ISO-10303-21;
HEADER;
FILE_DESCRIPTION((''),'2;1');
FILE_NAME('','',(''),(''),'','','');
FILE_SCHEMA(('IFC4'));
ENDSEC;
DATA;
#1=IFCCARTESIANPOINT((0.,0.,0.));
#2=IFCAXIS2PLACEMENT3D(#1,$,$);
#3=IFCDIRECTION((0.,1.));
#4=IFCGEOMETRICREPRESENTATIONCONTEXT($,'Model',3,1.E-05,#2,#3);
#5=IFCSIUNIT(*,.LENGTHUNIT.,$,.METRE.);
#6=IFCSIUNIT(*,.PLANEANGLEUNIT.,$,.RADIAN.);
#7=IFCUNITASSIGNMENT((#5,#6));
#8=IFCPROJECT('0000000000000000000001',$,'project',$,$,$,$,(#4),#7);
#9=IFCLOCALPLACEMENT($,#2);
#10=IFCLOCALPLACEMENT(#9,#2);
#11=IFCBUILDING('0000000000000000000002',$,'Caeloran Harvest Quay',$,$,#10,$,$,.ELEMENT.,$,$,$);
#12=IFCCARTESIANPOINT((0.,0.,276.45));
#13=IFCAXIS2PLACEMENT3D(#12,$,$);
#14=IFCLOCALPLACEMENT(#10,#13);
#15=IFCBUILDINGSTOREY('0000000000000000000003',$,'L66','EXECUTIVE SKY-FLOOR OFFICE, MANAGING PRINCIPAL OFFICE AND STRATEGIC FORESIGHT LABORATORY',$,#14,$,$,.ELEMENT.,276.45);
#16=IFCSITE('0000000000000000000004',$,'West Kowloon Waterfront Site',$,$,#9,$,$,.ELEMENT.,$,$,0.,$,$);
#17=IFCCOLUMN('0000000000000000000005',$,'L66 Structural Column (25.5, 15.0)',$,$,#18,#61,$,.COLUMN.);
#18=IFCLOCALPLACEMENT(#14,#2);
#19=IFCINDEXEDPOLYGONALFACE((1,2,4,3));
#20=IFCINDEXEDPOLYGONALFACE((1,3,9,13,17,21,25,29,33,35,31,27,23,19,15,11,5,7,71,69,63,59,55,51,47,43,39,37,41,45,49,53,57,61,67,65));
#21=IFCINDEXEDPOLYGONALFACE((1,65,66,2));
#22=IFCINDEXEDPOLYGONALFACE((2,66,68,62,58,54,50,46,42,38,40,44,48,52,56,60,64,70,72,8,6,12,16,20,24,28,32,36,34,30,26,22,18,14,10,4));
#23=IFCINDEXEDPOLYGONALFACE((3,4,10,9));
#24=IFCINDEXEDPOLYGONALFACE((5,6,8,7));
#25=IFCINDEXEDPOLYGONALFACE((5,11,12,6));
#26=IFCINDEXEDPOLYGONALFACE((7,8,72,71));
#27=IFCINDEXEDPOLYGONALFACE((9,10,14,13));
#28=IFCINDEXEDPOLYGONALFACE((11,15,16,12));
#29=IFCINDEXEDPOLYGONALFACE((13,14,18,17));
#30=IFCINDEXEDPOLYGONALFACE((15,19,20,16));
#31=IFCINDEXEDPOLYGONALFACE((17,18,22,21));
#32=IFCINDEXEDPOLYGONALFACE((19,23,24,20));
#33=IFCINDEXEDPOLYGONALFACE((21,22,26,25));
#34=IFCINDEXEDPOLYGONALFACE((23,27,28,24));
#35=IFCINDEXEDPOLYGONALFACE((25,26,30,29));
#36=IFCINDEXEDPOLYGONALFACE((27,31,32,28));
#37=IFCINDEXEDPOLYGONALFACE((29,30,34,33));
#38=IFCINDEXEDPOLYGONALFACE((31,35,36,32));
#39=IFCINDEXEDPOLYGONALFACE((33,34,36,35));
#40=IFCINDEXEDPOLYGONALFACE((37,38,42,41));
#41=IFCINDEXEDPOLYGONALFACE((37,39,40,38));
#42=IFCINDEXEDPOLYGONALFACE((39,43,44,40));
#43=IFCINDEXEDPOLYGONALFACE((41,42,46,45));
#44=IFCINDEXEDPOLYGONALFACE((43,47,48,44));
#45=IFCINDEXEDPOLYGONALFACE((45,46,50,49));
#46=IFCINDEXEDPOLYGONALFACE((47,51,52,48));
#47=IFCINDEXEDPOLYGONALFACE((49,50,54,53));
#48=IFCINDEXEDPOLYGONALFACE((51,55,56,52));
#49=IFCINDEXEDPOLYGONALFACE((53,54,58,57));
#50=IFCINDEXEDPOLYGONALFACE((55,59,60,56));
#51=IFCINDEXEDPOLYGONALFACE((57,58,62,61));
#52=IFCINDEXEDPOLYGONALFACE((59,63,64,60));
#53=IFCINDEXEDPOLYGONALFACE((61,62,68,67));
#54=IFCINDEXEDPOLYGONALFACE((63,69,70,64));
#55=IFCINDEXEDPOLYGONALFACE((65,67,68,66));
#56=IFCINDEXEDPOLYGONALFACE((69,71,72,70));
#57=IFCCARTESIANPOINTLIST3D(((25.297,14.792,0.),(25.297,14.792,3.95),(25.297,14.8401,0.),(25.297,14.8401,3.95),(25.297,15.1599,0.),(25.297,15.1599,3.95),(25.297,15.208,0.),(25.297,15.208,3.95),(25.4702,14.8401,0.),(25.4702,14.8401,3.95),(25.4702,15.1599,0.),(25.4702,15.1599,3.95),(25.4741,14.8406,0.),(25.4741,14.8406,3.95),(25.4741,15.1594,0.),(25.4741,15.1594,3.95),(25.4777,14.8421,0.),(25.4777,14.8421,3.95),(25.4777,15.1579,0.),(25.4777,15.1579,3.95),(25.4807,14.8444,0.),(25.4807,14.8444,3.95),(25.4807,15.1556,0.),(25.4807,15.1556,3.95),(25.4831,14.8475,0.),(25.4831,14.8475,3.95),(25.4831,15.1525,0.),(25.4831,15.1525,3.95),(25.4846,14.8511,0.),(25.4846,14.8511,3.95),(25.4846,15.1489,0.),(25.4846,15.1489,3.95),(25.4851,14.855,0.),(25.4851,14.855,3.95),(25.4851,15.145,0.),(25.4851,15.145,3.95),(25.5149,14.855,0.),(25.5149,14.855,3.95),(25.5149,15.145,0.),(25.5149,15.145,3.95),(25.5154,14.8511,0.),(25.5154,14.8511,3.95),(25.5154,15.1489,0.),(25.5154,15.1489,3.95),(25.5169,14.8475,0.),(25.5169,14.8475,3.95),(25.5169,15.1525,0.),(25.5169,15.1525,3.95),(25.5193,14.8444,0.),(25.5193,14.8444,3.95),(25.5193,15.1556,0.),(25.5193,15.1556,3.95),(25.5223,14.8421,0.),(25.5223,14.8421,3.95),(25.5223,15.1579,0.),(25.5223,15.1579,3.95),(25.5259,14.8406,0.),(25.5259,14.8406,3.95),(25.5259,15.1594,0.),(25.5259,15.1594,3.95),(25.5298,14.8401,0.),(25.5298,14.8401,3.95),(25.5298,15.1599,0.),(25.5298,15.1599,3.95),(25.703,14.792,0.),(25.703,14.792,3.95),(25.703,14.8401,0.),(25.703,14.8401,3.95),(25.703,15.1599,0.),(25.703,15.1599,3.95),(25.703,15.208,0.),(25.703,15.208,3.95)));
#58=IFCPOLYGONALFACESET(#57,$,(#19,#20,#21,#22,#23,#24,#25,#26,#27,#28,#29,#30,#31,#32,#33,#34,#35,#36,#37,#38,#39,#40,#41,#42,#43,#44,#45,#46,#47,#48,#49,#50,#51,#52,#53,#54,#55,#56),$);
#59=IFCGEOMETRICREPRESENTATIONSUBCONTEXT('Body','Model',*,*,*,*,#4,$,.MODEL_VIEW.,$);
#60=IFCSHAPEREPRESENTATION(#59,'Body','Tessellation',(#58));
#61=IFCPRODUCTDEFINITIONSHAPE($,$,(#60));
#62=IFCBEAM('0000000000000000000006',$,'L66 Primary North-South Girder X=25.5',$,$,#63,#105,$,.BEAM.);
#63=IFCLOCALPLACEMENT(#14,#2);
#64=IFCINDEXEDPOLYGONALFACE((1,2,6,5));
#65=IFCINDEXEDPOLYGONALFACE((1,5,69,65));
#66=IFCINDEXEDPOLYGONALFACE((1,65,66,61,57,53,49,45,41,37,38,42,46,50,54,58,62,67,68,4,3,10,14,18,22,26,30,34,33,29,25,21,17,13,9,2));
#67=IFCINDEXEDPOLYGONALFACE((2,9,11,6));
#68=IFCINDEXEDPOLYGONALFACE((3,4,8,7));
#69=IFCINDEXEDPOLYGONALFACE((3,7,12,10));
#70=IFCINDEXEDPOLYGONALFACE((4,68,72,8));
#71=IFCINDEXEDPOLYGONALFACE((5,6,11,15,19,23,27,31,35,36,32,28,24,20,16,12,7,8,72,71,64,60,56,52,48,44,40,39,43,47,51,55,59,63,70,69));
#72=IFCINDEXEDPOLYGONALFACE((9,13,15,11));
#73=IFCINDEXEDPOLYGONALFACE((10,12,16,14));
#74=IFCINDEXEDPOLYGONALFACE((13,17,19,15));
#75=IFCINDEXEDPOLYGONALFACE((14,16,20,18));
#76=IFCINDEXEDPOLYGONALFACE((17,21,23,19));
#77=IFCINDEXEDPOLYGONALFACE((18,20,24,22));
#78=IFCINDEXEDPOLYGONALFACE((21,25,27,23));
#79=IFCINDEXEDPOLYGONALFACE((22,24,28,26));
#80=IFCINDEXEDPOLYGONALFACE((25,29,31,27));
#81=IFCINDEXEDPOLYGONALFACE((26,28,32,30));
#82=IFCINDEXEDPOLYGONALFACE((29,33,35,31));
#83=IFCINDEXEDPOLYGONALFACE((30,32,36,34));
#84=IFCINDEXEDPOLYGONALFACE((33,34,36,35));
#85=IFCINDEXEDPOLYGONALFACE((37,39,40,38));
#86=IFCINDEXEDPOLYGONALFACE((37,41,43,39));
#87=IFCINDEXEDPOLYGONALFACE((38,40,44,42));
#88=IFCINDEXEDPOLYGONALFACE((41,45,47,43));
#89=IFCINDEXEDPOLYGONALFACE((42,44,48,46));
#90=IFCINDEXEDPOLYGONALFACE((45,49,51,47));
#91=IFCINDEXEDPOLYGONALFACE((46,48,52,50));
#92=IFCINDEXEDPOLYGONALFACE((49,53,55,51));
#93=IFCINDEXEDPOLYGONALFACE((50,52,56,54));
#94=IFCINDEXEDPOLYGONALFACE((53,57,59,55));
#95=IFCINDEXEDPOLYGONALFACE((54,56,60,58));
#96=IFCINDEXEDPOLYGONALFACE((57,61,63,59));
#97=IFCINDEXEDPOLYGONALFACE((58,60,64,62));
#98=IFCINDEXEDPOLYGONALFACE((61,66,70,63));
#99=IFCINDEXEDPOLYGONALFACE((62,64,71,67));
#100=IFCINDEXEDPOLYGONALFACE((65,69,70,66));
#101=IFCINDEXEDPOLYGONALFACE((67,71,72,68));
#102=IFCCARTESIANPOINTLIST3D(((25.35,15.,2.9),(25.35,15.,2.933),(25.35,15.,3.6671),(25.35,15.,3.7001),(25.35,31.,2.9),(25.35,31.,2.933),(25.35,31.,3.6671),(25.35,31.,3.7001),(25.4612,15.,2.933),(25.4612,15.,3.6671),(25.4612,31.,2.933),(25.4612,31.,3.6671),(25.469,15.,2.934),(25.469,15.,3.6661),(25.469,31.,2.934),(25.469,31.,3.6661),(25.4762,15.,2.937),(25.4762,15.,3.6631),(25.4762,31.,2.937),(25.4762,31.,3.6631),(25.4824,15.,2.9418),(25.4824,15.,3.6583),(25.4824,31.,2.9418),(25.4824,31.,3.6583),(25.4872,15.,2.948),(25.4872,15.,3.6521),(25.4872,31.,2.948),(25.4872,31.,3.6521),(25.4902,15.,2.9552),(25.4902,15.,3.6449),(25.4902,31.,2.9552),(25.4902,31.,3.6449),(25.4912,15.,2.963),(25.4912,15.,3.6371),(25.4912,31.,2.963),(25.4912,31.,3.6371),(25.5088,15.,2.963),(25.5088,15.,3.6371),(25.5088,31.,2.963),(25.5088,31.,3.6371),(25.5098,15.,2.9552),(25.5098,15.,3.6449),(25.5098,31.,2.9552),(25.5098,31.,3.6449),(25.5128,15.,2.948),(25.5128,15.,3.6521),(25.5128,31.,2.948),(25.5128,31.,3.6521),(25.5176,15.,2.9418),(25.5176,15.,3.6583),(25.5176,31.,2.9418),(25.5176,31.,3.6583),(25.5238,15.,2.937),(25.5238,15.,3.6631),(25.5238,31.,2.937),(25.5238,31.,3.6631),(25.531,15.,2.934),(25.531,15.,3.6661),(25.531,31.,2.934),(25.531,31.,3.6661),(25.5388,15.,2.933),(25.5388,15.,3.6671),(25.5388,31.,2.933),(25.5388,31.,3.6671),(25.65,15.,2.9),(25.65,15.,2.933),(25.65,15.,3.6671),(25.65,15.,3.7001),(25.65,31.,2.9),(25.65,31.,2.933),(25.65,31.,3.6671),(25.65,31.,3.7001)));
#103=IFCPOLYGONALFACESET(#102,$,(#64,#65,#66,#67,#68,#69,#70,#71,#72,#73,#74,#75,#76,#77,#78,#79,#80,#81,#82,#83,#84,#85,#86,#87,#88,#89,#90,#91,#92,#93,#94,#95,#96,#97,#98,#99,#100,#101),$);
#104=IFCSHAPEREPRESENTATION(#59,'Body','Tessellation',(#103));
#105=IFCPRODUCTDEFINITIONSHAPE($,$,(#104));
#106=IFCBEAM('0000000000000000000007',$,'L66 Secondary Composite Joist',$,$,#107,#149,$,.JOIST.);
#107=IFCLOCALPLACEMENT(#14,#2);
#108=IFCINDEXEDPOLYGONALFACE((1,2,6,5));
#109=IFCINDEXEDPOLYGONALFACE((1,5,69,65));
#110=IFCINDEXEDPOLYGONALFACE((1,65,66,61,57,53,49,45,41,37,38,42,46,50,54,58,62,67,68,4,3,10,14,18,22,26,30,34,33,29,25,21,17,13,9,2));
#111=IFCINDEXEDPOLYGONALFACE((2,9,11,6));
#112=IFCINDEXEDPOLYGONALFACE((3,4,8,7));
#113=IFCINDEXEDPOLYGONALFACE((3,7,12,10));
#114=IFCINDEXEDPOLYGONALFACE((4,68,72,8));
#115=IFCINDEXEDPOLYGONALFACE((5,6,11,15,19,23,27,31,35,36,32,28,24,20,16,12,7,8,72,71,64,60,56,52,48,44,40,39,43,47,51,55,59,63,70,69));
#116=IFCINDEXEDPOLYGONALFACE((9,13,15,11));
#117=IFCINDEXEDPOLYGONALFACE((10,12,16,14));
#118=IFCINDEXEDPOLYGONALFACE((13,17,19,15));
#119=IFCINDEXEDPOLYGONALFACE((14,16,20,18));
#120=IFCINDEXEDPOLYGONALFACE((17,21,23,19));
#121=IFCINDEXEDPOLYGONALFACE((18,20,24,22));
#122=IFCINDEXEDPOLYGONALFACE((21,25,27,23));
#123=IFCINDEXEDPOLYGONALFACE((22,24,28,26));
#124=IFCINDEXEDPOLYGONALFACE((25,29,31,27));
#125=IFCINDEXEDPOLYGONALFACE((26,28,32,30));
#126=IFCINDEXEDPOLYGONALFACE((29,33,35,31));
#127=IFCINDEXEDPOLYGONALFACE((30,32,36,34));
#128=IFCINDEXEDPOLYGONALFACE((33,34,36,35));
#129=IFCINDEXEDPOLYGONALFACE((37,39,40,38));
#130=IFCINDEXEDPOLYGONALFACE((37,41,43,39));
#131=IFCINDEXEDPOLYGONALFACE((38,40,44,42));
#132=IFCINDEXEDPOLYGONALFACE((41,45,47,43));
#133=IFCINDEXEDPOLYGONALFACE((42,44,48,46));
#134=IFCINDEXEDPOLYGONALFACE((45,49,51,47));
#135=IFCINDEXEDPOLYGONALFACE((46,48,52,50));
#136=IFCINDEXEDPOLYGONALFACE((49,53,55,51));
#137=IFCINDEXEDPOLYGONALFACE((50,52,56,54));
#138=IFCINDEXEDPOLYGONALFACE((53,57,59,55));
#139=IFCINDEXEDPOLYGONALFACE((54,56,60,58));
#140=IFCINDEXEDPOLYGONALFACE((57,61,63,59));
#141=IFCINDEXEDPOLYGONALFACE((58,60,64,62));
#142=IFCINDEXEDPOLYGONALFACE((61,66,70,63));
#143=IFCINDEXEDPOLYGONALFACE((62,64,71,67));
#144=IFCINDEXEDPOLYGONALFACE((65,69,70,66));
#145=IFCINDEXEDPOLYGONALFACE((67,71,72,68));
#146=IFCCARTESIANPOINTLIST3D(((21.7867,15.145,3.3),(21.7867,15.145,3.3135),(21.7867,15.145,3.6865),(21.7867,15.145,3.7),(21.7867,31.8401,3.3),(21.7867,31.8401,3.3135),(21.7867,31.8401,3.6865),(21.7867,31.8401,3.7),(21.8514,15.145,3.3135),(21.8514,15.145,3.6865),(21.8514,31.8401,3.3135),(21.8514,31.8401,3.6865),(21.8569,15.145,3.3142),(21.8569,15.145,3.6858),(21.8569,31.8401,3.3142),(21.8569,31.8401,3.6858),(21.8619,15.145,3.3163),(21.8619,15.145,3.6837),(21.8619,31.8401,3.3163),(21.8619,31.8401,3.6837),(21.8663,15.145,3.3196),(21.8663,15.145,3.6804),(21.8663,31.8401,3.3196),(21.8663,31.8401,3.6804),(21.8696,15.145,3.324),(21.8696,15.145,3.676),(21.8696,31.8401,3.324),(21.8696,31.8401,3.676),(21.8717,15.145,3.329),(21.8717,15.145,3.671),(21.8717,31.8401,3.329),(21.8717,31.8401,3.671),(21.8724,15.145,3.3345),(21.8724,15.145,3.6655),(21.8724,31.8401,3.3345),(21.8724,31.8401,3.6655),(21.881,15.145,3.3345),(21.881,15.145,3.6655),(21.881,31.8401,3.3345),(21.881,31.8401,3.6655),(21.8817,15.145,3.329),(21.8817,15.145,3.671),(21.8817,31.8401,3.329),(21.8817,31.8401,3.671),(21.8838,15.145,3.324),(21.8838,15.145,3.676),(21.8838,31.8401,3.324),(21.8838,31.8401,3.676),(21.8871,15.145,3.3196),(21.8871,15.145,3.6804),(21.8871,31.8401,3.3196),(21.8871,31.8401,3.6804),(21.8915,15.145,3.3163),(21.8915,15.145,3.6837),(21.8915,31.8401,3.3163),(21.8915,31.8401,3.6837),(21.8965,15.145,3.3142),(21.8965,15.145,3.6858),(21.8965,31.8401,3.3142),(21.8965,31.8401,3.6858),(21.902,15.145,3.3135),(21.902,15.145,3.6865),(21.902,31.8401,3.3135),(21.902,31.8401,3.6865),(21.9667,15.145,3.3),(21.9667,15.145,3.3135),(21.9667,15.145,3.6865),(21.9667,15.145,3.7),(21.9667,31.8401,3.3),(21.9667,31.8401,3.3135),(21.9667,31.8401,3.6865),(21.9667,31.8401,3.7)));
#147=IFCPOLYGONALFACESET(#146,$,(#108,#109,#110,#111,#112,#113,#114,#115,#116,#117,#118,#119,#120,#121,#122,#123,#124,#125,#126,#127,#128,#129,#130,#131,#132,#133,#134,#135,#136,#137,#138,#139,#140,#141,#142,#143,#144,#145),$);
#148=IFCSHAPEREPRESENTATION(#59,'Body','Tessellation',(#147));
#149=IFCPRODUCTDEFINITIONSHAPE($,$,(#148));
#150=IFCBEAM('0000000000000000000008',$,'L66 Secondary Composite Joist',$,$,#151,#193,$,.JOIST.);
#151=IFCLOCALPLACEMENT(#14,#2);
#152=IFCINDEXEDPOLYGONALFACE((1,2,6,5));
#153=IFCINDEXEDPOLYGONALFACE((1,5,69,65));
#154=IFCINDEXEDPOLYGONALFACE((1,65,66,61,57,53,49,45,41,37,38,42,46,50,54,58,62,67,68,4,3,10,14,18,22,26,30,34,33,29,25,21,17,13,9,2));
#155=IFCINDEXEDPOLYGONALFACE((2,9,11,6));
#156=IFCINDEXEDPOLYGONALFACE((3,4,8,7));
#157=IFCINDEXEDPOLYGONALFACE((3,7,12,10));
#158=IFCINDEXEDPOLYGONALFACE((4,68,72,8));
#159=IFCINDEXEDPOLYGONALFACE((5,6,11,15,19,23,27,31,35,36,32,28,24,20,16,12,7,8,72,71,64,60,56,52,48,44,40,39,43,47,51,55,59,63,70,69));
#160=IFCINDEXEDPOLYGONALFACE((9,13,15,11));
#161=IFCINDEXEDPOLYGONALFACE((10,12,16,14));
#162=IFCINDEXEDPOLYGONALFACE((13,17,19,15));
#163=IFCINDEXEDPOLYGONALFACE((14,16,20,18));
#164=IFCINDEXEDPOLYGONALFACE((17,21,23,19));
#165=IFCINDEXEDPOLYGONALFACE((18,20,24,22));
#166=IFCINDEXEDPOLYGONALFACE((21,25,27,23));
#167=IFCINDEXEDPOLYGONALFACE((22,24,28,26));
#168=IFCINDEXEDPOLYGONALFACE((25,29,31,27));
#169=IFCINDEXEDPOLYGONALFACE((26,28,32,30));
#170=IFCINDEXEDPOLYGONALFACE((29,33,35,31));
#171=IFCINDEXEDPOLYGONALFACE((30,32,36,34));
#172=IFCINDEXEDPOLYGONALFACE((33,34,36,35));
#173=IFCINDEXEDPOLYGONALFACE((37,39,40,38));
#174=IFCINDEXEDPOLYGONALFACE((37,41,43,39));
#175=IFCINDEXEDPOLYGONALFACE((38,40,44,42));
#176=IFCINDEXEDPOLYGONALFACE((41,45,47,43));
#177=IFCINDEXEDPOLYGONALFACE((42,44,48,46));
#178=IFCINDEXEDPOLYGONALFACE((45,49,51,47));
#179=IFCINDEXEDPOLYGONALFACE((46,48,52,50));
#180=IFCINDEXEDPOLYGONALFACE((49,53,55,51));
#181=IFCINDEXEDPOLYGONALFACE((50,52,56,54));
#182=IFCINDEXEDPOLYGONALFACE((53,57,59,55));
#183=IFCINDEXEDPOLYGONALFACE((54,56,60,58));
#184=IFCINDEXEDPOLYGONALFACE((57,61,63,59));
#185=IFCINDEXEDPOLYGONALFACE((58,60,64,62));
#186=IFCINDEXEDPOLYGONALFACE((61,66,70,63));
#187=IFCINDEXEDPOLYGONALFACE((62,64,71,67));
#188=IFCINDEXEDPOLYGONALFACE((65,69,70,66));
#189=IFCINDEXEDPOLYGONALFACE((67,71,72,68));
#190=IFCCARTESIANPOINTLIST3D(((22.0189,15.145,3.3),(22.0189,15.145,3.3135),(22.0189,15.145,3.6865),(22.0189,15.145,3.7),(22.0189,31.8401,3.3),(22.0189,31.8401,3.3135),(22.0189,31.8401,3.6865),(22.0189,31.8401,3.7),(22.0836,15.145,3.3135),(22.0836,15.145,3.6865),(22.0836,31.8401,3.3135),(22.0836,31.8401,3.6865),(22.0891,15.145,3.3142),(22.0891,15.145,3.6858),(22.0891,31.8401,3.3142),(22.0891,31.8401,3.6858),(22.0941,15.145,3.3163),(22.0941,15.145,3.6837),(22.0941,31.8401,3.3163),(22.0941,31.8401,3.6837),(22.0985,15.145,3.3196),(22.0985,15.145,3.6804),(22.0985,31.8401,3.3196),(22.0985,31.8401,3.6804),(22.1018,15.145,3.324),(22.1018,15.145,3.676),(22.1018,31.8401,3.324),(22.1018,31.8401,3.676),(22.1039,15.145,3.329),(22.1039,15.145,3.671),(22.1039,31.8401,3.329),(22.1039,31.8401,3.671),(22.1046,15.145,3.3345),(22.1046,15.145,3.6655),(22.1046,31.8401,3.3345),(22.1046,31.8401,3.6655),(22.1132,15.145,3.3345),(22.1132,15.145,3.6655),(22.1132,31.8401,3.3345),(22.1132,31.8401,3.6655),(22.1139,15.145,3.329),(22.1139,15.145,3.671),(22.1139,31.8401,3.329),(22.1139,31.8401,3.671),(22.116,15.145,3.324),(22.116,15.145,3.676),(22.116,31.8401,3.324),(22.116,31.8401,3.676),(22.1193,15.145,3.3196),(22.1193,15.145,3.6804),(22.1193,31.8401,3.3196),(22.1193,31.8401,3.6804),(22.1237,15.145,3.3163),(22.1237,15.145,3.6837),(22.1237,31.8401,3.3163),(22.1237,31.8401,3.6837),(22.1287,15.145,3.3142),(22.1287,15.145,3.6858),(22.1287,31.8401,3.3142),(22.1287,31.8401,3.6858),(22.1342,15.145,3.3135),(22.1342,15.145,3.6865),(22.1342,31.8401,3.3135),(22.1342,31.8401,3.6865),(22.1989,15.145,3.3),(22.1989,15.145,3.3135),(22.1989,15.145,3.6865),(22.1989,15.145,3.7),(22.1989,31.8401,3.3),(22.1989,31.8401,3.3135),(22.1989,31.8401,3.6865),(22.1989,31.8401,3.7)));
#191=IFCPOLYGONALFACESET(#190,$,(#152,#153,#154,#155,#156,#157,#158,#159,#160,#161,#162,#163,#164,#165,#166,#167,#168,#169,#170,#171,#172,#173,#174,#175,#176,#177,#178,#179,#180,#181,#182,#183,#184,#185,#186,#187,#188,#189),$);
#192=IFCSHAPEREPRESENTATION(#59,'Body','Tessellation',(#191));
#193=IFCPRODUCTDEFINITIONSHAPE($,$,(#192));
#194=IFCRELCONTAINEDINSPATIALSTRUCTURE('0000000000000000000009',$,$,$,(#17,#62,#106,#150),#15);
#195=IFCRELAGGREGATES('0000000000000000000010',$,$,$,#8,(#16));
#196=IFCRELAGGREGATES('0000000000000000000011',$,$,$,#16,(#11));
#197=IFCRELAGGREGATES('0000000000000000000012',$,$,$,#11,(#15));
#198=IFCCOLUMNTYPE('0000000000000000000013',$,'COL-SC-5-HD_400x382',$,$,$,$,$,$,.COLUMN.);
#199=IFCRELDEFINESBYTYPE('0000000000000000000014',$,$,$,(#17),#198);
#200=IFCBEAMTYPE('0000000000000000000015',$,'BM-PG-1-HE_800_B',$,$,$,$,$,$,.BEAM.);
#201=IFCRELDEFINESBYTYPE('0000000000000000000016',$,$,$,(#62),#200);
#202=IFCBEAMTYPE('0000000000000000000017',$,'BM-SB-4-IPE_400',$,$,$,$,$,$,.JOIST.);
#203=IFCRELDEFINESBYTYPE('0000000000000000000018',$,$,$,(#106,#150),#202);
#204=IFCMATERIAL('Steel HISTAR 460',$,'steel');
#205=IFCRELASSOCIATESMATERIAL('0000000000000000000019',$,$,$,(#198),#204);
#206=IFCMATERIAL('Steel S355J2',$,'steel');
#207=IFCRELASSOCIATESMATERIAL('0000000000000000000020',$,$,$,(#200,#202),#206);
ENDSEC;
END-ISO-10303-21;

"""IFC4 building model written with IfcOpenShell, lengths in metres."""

from ifc_helpers import new_model, si_unit, direction, frame, origin, origin_2d, place, context, subcontext, project, spatial, i_section, extrude, material, material_profile, profile_set, type_object, element, save


model = new_model("IFC4")

# Units and contexts
model_context = context("Model", 3, precision=1e-05, world=origin(), true_north=direction((0.0, 1.0)))
body_context = subcontext(model_context, "Body", "Model", "MODEL_VIEW")
ifc_project = project(units=[si_unit("LENGTHUNIT", "METRE"), si_unit("PLANEANGLEUNIT", "RADIAN")], contexts=[model_context])

# Site, building, storey
site_placement = place(None, origin())
site = spatial("IfcSite", under=ifc_project, at=site_placement, Name="West Kowloon Waterfront Site", CompositionType="ELEMENT", RefElevation=0.0)
building_placement = place(site_placement, origin())
building = spatial("IfcBuilding", under=site, at=building_placement, Name="Caeloran Harvest Quay", CompositionType="ELEMENT")
storey_placement = place(building_placement, frame((0.0, 0.0, 276.45)))
storey = spatial("IfcBuildingStorey", under=building, at=storey_placement, Name="L66", Description="EXECUTIVE SKY-FLOOR OFFICE, MANAGING PRINCIPAL OFFICE AND STRATEGIC FORESIGHT LABORATORY", CompositionType="ELEMENT", Elevation=276.45)

# Column
ifc_material_1 = material(Name="Steel HISTAR 460", Category="steel")
ifc_material_profile_1 = material_profile(ifc_material_1, i_section(OverallWidth=0.406, OverallDepth=0.416, WebThickness=0.0298, FlangeThickness=0.0481, FilletRadius=0.0149, at=origin_2d()), Name="HD 400x382")
ifc_profile_set_1 = profile_set([ifc_material_profile_1], Name="Steel HISTAR 460")
column_type = type_object("IfcColumnType", Name="COL-SC-5-HD_400x382", PredefinedType="COLUMN", material=ifc_profile_set_1)
column_placement = place(storey_placement, frame((25.5, 15.0, 0.0), z_axis=(0.0, 0.0, 1.0), x_axis=(1.0, 0.0, 0.0)))
element("IfcColumn", 1, at=column_placement, inside=storey, type_object=column_type, Name="L66 Structural Column (25.5, 15.0)", PredefinedType="COLUMN", context=body_context, shape_type="SweptSolid", body=[
    extrude(i_section(OverallWidth=0.406, OverallDepth=0.416, WebThickness=0.0298, FlangeThickness=0.0481, FilletRadius=0.0149, at=origin_2d()), origin(), (0.0, 0.0, 1.0), 3.95),
])

# Beams
ifc_material_2 = material(Name="Steel S355J2", Category="steel")
ifc_material_profile_2 = material_profile(ifc_material_2, i_section(OverallWidth=0.3, OverallDepth=0.8, WebThickness=0.0176, FlangeThickness=0.033, FilletRadius=0.03, at=origin_2d()), Name="HE 800 B")
ifc_profile_set_2 = profile_set([ifc_material_profile_2], Name="Steel S355J2")
beam_type_1 = type_object("IfcBeamType", Name="BM-PG-1-HE_800_B", PredefinedType="BEAM", material=ifc_profile_set_2)
beam_1_placement = place(storey_placement, frame((25.5, 15.0, 3.3), z_axis=(0.0, 1.0, 0.0), x_axis=(-1.0, 0.0, 0.0)))
element("IfcBeam", 2, at=beam_1_placement, inside=storey, type_object=beam_type_1, Name="L66 Primary North-South Girder X=25.5", PredefinedType="BEAM", context=body_context, shape_type="SweptSolid", body=[
    extrude(i_section(OverallWidth=0.3, OverallDepth=0.8, WebThickness=0.0176, FlangeThickness=0.033, FilletRadius=0.03, at=origin_2d()), origin(), (0.0, 0.0, 1.0), 16.0),
])
ifc_material_profile_3 = material_profile(ifc_material_2, i_section(OverallWidth=0.1799, OverallDepth=0.3999, WebThickness=0.0085, FlangeThickness=0.0134, FilletRadius=0.021, at=origin_2d()), Name="IPE 400")
ifc_profile_set_3 = profile_set([ifc_material_profile_3], Name="Steel S355J2")
beam_type_2 = type_object("IfcBeamType", Name="BM-SB-4-IPE_400", PredefinedType="JOIST", material=ifc_profile_set_3)
for number, where, z_axis, x_axis, name in (
    (3, (21.8767, 15.145, 3.5), (0.0, 1.0, 0.0), (-1.0, 0.0, 0.0), "L66 Secondary Composite Joist"),
    (4, (22.1089, 15.145, 3.5), (0.0, 1.0, 0.0), (-1.0, 0.0, 0.0), "L66 Secondary Composite Joist"),
):
    element("IfcBeam", number, at=place(storey_placement, frame(where, z_axis=z_axis, x_axis=x_axis)), inside=storey, type_object=beam_type_2, Name=name, PredefinedType="JOIST", context=body_context, shape_type="SweptSolid", body=[
        extrude(i_section(OverallWidth=0.1799, OverallDepth=0.3999, WebThickness=0.0085, FlangeThickness=0.0134, FilletRadius=0.021, at=origin_2d()), origin(), (0.0, 0.0, 1.0), 16.6951),
    ])

save(model, "model.ifc")
